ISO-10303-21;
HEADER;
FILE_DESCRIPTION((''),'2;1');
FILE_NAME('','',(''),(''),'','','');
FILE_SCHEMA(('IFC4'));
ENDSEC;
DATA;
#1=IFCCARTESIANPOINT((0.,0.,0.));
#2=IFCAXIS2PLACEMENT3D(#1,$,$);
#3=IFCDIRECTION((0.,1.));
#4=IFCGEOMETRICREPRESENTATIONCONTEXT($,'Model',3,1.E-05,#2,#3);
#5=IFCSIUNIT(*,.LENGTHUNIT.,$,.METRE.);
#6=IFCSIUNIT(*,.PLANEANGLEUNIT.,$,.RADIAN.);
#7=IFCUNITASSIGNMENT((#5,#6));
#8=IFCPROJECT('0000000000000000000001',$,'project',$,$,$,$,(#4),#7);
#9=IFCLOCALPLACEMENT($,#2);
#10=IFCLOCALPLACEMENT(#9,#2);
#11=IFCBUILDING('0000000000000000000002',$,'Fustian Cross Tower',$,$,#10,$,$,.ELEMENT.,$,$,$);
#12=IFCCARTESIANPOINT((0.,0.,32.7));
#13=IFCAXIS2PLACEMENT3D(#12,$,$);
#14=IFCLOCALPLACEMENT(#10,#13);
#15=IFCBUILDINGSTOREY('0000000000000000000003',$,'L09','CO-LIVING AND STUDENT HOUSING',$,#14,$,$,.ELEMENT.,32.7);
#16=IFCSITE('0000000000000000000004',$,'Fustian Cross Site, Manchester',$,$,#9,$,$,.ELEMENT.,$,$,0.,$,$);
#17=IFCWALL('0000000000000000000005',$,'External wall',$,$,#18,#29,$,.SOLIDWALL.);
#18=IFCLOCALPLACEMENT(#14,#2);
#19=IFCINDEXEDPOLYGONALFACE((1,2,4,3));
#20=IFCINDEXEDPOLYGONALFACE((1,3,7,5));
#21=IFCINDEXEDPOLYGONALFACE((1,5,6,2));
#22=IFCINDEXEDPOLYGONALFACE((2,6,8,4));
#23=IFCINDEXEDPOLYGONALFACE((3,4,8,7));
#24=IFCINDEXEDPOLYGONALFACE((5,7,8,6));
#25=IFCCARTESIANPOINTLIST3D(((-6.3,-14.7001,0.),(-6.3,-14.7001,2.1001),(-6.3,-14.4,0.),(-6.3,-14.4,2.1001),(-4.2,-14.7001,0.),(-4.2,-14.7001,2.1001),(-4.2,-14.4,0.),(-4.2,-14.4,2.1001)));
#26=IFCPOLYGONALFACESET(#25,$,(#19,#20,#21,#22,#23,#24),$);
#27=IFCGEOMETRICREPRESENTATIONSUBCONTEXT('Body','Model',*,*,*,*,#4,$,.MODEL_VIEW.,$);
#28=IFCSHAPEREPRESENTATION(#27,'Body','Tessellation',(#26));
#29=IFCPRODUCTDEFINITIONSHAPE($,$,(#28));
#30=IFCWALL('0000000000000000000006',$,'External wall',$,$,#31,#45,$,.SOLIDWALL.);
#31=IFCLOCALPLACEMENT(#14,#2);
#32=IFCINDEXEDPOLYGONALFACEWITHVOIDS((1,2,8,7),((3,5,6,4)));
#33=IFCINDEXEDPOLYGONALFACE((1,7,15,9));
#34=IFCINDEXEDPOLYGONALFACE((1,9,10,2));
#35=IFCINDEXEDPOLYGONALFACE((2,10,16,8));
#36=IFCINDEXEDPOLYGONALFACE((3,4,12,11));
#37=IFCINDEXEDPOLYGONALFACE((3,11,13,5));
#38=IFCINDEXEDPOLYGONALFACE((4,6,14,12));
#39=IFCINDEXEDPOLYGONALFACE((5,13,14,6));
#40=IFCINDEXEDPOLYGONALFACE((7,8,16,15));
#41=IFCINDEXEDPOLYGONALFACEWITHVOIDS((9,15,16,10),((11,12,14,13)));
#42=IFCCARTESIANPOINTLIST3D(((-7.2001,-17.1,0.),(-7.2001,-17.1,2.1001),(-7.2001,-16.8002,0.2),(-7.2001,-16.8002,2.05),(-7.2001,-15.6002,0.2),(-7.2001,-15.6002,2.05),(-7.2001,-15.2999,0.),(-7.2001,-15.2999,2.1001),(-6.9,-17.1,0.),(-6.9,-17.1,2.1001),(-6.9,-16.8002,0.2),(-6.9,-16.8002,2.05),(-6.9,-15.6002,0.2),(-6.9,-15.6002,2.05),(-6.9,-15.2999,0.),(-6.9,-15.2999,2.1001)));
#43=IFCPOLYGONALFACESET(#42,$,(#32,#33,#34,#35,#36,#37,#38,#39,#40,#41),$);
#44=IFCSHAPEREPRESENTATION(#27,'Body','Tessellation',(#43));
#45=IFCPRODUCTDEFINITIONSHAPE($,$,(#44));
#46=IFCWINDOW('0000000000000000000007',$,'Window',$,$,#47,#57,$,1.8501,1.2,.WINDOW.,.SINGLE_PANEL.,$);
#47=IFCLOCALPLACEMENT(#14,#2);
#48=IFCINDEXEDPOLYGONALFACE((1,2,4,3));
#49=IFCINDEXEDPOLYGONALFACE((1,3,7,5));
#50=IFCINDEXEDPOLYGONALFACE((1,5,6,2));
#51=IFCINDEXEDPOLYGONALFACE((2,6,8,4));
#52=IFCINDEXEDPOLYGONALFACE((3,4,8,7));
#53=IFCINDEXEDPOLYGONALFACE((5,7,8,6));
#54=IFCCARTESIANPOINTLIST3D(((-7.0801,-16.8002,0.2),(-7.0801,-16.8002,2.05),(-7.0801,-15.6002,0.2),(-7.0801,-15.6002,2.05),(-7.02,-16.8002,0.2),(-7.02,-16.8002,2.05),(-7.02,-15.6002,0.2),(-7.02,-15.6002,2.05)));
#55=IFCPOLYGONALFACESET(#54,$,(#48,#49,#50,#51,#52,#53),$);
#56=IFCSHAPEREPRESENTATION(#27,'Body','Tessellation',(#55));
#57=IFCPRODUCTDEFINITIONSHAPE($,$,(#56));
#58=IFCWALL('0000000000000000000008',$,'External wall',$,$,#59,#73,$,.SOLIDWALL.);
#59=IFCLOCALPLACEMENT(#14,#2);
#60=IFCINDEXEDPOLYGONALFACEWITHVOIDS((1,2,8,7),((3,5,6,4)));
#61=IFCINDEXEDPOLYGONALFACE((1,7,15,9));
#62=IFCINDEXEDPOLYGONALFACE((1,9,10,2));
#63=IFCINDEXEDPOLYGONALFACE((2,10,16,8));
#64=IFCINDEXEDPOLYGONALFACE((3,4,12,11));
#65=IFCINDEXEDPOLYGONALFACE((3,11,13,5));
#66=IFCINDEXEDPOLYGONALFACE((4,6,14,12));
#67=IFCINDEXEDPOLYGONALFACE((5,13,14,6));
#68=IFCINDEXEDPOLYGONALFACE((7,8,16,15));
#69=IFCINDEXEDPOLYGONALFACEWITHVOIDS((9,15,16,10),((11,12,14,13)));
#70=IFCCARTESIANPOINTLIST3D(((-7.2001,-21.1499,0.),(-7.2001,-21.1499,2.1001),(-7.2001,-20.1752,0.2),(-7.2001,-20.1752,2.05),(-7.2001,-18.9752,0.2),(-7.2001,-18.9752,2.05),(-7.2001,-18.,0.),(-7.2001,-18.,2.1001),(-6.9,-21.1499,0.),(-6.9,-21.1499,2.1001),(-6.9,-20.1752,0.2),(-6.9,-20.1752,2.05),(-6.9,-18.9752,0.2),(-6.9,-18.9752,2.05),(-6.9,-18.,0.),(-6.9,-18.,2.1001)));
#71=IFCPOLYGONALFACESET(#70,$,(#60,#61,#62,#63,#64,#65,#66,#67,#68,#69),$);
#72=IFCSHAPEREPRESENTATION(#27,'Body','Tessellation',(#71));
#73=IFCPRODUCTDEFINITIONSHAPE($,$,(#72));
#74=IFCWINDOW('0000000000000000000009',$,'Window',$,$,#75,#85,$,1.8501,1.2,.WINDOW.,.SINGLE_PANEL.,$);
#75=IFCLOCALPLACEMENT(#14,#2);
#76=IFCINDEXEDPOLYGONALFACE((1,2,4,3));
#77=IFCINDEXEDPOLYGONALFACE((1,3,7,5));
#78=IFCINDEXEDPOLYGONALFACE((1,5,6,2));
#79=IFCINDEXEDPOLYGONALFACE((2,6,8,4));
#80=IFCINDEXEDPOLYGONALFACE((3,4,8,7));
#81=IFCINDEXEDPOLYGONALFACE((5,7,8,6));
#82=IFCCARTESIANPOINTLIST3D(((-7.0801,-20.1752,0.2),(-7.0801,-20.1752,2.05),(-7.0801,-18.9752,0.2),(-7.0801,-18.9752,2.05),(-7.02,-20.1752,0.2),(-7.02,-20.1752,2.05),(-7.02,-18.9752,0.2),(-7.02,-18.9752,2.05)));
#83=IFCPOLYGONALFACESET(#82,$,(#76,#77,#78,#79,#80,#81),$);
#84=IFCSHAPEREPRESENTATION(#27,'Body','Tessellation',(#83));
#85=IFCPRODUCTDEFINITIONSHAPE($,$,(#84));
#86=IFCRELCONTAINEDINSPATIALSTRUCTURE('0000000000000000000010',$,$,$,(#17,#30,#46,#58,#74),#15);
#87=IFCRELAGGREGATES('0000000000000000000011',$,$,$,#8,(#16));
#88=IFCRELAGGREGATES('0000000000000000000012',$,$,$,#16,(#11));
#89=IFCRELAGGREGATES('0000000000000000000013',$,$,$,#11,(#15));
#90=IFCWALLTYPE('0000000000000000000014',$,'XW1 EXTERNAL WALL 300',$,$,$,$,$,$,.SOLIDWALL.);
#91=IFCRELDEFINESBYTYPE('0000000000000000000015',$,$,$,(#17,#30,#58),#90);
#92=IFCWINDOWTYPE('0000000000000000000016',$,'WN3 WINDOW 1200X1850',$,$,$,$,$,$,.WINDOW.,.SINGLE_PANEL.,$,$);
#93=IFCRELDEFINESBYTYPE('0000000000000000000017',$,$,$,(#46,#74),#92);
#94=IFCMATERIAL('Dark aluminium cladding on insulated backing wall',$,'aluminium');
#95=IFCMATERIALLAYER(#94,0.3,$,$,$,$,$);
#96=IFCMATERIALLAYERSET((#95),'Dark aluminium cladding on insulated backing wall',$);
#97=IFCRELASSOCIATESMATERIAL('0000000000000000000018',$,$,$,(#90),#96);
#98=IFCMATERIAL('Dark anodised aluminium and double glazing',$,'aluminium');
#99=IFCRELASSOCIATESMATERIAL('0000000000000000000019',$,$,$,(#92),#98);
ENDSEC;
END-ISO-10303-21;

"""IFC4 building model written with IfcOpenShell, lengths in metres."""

from ifc_helpers import new_model, si_unit, direction, frame, frame_2d, origin, place, context, subcontext, project, spatial, rectangle, extrude, material, layer, layer_set, type_object, element, fill, save


model = new_model("IFC4")

# Units and contexts
model_context = context("Model", 3, precision=1e-05, world=origin(), true_north=direction((0.0, 1.0)))
body_context = subcontext(model_context, "Body", "Model", "MODEL_VIEW")
ifc_project = project(units=[si_unit("LENGTHUNIT", "METRE"), si_unit("PLANEANGLEUNIT", "RADIAN")], contexts=[model_context])

# Site, building, storey
site_placement = place(None, origin())
site = spatial("IfcSite", under=ifc_project, at=site_placement, Name="Fustian Cross Site, Manchester", CompositionType="ELEMENT", RefElevation=0.0)
building_placement = place(site_placement, origin())
building = spatial("IfcBuilding", under=site, at=building_placement, Name="Fustian Cross Tower", CompositionType="ELEMENT")
storey_placement = place(building_placement, frame((0.0, 0.0, 32.7)))
storey = spatial("IfcBuildingStorey", under=building, at=storey_placement, Name="L09", Description="CO-LIVING AND STUDENT HOUSING", CompositionType="ELEMENT", Elevation=32.7)

# Wall
ifc_material_1 = material(Name="Dark aluminium cladding on insulated backing wall", Category="aluminium")
ifc_layer_1 = layer(ifc_material_1, 0.3)
ifc_layer_set_1 = layer_set([ifc_layer_1], Name="Dark aluminium cladding on insulated backing wall")
wall_type_1 = type_object("IfcWallType", Name="XW1 EXTERNAL WALL 300", PredefinedType="SOLIDWALL", material=ifc_layer_set_1)
wall_1_placement = place(storey_placement, frame((-4.2, -14.55, 0.0), z_axis=(0.0, 0.0, 1.0), x_axis=(-1.0, 0.0, 0.0)))
element("IfcWall", 1, at=wall_1_placement, inside=storey, type_object=wall_type_1, Name="External wall", PredefinedType="SOLIDWALL", context=body_context, shape_type="SweptSolid", body=[
    extrude(rectangle(XDim=2.1001, YDim=0.3, at=frame_2d((1.05, 0.0))), origin(), (0.0, 0.0, 1.0), 2.1001),
])

# Walls, openings, windows
wall_2_placement = place(storey_placement, frame((-7.05, -15.3, 0.0), z_axis=(0.0, 0.0, 1.0), x_axis=(0.0, -1.0, 0.0)))
wall_2 = element("IfcWall", 2, at=wall_2_placement, inside=storey, type_object=wall_type_1, Name="External wall", PredefinedType="SOLIDWALL", context=body_context, shape_type="SweptSolid", body=[
    extrude(rectangle(XDim=1.8, YDim=0.3, at=frame_2d((0.8999, 0.0))), origin(), (0.0, 0.0, 1.0), 2.1001),
])
opening_1_placement = place(wall_2_placement, frame((0.3, 0.0, 0.2)))
opening_1 = element("IfcOpeningElement", 3, at=opening_1_placement, cuts=wall_2, PredefinedType="OPENING", context=body_context, shape_type="SweptSolid", body=[
    extrude(rectangle(XDim=1.2, YDim=1.8501, at=frame_2d((0.6001, 0.925))), frame((0.0, 0.1599, 0.0), z_axis=(0.0, -1.0, 0.0), x_axis=(1.0, 0.0, 0.0)), (0.0, 0.0, 1.0), 0.3201),
])
ifc_material_2 = material(Name="Dark anodised aluminium and double glazing", Category="aluminium")
window_type = type_object("IfcWindowType", Name="WN3 WINDOW 1200X1850", PartitioningType="SINGLE_PANEL", PredefinedType="WINDOW", material=ifc_material_2)
window_1_placement = place(opening_1_placement, origin())
window_1 = element("IfcWindow", 4, at=window_1_placement, inside=storey, type_object=window_type, Name="Window", OverallHeight=1.8501, OverallWidth=1.2, PartitioningType="SINGLE_PANEL", PredefinedType="WINDOW", context=body_context, shape_type="SweptSolid", body=[
    extrude(rectangle(XDim=1.2, YDim=1.8501, at=frame_2d((0.6001, 0.925))), frame((0.0, 0.03, 0.0), z_axis=(0.0, -1.0, 0.0), x_axis=(1.0, 0.0, 0.0)), (0.0, 0.0, 1.0), 0.0601),
])
fill(opening_1, window_1)
wall_3_placement = place(storey_placement, frame((-7.05, -18.0, 0.0), z_axis=(0.0, 0.0, 1.0), x_axis=(0.0, -1.0, 0.0)))
wall_3 = element("IfcWall", 5, at=wall_3_placement, inside=storey, type_object=wall_type_1, Name="External wall", PredefinedType="SOLIDWALL", context=body_context, shape_type="SweptSolid", body=[
    extrude(rectangle(XDim=3.1499, YDim=0.3, at=frame_2d((1.575, 0.0))), origin(), (0.0, 0.0, 1.0), 2.1001),
])
opening_2_placement = place(wall_3_placement, frame((0.9751, 0.0, 0.2)))
opening_2 = element("IfcOpeningElement", 6, at=opening_2_placement, cuts=wall_3, PredefinedType="OPENING", context=body_context, shape_type="SweptSolid", body=[
    extrude(rectangle(XDim=1.2, YDim=1.8501, at=frame_2d((0.6001, 0.925))), frame((0.0, 0.1599, 0.0), z_axis=(0.0, -1.0, 0.0), x_axis=(1.0, 0.0, 0.0)), (0.0, 0.0, 1.0), 0.3201),
])
window_2_placement = place(opening_2_placement, origin())
window_2 = element("IfcWindow", 7, at=window_2_placement, inside=storey, type_object=window_type, Name="Window", OverallHeight=1.8501, OverallWidth=1.2, PartitioningType="SINGLE_PANEL", PredefinedType="WINDOW", context=body_context, shape_type="SweptSolid", body=[
    extrude(rectangle(XDim=1.2, YDim=1.8501, at=frame_2d((0.6001, 0.925))), frame((0.0, 0.03, 0.0), z_axis=(0.0, -1.0, 0.0), x_axis=(1.0, 0.0, 0.0)), (0.0, 0.0, 1.0), 0.0601),
])
fill(opening_2, window_2)

save(model, "model.ifc")
